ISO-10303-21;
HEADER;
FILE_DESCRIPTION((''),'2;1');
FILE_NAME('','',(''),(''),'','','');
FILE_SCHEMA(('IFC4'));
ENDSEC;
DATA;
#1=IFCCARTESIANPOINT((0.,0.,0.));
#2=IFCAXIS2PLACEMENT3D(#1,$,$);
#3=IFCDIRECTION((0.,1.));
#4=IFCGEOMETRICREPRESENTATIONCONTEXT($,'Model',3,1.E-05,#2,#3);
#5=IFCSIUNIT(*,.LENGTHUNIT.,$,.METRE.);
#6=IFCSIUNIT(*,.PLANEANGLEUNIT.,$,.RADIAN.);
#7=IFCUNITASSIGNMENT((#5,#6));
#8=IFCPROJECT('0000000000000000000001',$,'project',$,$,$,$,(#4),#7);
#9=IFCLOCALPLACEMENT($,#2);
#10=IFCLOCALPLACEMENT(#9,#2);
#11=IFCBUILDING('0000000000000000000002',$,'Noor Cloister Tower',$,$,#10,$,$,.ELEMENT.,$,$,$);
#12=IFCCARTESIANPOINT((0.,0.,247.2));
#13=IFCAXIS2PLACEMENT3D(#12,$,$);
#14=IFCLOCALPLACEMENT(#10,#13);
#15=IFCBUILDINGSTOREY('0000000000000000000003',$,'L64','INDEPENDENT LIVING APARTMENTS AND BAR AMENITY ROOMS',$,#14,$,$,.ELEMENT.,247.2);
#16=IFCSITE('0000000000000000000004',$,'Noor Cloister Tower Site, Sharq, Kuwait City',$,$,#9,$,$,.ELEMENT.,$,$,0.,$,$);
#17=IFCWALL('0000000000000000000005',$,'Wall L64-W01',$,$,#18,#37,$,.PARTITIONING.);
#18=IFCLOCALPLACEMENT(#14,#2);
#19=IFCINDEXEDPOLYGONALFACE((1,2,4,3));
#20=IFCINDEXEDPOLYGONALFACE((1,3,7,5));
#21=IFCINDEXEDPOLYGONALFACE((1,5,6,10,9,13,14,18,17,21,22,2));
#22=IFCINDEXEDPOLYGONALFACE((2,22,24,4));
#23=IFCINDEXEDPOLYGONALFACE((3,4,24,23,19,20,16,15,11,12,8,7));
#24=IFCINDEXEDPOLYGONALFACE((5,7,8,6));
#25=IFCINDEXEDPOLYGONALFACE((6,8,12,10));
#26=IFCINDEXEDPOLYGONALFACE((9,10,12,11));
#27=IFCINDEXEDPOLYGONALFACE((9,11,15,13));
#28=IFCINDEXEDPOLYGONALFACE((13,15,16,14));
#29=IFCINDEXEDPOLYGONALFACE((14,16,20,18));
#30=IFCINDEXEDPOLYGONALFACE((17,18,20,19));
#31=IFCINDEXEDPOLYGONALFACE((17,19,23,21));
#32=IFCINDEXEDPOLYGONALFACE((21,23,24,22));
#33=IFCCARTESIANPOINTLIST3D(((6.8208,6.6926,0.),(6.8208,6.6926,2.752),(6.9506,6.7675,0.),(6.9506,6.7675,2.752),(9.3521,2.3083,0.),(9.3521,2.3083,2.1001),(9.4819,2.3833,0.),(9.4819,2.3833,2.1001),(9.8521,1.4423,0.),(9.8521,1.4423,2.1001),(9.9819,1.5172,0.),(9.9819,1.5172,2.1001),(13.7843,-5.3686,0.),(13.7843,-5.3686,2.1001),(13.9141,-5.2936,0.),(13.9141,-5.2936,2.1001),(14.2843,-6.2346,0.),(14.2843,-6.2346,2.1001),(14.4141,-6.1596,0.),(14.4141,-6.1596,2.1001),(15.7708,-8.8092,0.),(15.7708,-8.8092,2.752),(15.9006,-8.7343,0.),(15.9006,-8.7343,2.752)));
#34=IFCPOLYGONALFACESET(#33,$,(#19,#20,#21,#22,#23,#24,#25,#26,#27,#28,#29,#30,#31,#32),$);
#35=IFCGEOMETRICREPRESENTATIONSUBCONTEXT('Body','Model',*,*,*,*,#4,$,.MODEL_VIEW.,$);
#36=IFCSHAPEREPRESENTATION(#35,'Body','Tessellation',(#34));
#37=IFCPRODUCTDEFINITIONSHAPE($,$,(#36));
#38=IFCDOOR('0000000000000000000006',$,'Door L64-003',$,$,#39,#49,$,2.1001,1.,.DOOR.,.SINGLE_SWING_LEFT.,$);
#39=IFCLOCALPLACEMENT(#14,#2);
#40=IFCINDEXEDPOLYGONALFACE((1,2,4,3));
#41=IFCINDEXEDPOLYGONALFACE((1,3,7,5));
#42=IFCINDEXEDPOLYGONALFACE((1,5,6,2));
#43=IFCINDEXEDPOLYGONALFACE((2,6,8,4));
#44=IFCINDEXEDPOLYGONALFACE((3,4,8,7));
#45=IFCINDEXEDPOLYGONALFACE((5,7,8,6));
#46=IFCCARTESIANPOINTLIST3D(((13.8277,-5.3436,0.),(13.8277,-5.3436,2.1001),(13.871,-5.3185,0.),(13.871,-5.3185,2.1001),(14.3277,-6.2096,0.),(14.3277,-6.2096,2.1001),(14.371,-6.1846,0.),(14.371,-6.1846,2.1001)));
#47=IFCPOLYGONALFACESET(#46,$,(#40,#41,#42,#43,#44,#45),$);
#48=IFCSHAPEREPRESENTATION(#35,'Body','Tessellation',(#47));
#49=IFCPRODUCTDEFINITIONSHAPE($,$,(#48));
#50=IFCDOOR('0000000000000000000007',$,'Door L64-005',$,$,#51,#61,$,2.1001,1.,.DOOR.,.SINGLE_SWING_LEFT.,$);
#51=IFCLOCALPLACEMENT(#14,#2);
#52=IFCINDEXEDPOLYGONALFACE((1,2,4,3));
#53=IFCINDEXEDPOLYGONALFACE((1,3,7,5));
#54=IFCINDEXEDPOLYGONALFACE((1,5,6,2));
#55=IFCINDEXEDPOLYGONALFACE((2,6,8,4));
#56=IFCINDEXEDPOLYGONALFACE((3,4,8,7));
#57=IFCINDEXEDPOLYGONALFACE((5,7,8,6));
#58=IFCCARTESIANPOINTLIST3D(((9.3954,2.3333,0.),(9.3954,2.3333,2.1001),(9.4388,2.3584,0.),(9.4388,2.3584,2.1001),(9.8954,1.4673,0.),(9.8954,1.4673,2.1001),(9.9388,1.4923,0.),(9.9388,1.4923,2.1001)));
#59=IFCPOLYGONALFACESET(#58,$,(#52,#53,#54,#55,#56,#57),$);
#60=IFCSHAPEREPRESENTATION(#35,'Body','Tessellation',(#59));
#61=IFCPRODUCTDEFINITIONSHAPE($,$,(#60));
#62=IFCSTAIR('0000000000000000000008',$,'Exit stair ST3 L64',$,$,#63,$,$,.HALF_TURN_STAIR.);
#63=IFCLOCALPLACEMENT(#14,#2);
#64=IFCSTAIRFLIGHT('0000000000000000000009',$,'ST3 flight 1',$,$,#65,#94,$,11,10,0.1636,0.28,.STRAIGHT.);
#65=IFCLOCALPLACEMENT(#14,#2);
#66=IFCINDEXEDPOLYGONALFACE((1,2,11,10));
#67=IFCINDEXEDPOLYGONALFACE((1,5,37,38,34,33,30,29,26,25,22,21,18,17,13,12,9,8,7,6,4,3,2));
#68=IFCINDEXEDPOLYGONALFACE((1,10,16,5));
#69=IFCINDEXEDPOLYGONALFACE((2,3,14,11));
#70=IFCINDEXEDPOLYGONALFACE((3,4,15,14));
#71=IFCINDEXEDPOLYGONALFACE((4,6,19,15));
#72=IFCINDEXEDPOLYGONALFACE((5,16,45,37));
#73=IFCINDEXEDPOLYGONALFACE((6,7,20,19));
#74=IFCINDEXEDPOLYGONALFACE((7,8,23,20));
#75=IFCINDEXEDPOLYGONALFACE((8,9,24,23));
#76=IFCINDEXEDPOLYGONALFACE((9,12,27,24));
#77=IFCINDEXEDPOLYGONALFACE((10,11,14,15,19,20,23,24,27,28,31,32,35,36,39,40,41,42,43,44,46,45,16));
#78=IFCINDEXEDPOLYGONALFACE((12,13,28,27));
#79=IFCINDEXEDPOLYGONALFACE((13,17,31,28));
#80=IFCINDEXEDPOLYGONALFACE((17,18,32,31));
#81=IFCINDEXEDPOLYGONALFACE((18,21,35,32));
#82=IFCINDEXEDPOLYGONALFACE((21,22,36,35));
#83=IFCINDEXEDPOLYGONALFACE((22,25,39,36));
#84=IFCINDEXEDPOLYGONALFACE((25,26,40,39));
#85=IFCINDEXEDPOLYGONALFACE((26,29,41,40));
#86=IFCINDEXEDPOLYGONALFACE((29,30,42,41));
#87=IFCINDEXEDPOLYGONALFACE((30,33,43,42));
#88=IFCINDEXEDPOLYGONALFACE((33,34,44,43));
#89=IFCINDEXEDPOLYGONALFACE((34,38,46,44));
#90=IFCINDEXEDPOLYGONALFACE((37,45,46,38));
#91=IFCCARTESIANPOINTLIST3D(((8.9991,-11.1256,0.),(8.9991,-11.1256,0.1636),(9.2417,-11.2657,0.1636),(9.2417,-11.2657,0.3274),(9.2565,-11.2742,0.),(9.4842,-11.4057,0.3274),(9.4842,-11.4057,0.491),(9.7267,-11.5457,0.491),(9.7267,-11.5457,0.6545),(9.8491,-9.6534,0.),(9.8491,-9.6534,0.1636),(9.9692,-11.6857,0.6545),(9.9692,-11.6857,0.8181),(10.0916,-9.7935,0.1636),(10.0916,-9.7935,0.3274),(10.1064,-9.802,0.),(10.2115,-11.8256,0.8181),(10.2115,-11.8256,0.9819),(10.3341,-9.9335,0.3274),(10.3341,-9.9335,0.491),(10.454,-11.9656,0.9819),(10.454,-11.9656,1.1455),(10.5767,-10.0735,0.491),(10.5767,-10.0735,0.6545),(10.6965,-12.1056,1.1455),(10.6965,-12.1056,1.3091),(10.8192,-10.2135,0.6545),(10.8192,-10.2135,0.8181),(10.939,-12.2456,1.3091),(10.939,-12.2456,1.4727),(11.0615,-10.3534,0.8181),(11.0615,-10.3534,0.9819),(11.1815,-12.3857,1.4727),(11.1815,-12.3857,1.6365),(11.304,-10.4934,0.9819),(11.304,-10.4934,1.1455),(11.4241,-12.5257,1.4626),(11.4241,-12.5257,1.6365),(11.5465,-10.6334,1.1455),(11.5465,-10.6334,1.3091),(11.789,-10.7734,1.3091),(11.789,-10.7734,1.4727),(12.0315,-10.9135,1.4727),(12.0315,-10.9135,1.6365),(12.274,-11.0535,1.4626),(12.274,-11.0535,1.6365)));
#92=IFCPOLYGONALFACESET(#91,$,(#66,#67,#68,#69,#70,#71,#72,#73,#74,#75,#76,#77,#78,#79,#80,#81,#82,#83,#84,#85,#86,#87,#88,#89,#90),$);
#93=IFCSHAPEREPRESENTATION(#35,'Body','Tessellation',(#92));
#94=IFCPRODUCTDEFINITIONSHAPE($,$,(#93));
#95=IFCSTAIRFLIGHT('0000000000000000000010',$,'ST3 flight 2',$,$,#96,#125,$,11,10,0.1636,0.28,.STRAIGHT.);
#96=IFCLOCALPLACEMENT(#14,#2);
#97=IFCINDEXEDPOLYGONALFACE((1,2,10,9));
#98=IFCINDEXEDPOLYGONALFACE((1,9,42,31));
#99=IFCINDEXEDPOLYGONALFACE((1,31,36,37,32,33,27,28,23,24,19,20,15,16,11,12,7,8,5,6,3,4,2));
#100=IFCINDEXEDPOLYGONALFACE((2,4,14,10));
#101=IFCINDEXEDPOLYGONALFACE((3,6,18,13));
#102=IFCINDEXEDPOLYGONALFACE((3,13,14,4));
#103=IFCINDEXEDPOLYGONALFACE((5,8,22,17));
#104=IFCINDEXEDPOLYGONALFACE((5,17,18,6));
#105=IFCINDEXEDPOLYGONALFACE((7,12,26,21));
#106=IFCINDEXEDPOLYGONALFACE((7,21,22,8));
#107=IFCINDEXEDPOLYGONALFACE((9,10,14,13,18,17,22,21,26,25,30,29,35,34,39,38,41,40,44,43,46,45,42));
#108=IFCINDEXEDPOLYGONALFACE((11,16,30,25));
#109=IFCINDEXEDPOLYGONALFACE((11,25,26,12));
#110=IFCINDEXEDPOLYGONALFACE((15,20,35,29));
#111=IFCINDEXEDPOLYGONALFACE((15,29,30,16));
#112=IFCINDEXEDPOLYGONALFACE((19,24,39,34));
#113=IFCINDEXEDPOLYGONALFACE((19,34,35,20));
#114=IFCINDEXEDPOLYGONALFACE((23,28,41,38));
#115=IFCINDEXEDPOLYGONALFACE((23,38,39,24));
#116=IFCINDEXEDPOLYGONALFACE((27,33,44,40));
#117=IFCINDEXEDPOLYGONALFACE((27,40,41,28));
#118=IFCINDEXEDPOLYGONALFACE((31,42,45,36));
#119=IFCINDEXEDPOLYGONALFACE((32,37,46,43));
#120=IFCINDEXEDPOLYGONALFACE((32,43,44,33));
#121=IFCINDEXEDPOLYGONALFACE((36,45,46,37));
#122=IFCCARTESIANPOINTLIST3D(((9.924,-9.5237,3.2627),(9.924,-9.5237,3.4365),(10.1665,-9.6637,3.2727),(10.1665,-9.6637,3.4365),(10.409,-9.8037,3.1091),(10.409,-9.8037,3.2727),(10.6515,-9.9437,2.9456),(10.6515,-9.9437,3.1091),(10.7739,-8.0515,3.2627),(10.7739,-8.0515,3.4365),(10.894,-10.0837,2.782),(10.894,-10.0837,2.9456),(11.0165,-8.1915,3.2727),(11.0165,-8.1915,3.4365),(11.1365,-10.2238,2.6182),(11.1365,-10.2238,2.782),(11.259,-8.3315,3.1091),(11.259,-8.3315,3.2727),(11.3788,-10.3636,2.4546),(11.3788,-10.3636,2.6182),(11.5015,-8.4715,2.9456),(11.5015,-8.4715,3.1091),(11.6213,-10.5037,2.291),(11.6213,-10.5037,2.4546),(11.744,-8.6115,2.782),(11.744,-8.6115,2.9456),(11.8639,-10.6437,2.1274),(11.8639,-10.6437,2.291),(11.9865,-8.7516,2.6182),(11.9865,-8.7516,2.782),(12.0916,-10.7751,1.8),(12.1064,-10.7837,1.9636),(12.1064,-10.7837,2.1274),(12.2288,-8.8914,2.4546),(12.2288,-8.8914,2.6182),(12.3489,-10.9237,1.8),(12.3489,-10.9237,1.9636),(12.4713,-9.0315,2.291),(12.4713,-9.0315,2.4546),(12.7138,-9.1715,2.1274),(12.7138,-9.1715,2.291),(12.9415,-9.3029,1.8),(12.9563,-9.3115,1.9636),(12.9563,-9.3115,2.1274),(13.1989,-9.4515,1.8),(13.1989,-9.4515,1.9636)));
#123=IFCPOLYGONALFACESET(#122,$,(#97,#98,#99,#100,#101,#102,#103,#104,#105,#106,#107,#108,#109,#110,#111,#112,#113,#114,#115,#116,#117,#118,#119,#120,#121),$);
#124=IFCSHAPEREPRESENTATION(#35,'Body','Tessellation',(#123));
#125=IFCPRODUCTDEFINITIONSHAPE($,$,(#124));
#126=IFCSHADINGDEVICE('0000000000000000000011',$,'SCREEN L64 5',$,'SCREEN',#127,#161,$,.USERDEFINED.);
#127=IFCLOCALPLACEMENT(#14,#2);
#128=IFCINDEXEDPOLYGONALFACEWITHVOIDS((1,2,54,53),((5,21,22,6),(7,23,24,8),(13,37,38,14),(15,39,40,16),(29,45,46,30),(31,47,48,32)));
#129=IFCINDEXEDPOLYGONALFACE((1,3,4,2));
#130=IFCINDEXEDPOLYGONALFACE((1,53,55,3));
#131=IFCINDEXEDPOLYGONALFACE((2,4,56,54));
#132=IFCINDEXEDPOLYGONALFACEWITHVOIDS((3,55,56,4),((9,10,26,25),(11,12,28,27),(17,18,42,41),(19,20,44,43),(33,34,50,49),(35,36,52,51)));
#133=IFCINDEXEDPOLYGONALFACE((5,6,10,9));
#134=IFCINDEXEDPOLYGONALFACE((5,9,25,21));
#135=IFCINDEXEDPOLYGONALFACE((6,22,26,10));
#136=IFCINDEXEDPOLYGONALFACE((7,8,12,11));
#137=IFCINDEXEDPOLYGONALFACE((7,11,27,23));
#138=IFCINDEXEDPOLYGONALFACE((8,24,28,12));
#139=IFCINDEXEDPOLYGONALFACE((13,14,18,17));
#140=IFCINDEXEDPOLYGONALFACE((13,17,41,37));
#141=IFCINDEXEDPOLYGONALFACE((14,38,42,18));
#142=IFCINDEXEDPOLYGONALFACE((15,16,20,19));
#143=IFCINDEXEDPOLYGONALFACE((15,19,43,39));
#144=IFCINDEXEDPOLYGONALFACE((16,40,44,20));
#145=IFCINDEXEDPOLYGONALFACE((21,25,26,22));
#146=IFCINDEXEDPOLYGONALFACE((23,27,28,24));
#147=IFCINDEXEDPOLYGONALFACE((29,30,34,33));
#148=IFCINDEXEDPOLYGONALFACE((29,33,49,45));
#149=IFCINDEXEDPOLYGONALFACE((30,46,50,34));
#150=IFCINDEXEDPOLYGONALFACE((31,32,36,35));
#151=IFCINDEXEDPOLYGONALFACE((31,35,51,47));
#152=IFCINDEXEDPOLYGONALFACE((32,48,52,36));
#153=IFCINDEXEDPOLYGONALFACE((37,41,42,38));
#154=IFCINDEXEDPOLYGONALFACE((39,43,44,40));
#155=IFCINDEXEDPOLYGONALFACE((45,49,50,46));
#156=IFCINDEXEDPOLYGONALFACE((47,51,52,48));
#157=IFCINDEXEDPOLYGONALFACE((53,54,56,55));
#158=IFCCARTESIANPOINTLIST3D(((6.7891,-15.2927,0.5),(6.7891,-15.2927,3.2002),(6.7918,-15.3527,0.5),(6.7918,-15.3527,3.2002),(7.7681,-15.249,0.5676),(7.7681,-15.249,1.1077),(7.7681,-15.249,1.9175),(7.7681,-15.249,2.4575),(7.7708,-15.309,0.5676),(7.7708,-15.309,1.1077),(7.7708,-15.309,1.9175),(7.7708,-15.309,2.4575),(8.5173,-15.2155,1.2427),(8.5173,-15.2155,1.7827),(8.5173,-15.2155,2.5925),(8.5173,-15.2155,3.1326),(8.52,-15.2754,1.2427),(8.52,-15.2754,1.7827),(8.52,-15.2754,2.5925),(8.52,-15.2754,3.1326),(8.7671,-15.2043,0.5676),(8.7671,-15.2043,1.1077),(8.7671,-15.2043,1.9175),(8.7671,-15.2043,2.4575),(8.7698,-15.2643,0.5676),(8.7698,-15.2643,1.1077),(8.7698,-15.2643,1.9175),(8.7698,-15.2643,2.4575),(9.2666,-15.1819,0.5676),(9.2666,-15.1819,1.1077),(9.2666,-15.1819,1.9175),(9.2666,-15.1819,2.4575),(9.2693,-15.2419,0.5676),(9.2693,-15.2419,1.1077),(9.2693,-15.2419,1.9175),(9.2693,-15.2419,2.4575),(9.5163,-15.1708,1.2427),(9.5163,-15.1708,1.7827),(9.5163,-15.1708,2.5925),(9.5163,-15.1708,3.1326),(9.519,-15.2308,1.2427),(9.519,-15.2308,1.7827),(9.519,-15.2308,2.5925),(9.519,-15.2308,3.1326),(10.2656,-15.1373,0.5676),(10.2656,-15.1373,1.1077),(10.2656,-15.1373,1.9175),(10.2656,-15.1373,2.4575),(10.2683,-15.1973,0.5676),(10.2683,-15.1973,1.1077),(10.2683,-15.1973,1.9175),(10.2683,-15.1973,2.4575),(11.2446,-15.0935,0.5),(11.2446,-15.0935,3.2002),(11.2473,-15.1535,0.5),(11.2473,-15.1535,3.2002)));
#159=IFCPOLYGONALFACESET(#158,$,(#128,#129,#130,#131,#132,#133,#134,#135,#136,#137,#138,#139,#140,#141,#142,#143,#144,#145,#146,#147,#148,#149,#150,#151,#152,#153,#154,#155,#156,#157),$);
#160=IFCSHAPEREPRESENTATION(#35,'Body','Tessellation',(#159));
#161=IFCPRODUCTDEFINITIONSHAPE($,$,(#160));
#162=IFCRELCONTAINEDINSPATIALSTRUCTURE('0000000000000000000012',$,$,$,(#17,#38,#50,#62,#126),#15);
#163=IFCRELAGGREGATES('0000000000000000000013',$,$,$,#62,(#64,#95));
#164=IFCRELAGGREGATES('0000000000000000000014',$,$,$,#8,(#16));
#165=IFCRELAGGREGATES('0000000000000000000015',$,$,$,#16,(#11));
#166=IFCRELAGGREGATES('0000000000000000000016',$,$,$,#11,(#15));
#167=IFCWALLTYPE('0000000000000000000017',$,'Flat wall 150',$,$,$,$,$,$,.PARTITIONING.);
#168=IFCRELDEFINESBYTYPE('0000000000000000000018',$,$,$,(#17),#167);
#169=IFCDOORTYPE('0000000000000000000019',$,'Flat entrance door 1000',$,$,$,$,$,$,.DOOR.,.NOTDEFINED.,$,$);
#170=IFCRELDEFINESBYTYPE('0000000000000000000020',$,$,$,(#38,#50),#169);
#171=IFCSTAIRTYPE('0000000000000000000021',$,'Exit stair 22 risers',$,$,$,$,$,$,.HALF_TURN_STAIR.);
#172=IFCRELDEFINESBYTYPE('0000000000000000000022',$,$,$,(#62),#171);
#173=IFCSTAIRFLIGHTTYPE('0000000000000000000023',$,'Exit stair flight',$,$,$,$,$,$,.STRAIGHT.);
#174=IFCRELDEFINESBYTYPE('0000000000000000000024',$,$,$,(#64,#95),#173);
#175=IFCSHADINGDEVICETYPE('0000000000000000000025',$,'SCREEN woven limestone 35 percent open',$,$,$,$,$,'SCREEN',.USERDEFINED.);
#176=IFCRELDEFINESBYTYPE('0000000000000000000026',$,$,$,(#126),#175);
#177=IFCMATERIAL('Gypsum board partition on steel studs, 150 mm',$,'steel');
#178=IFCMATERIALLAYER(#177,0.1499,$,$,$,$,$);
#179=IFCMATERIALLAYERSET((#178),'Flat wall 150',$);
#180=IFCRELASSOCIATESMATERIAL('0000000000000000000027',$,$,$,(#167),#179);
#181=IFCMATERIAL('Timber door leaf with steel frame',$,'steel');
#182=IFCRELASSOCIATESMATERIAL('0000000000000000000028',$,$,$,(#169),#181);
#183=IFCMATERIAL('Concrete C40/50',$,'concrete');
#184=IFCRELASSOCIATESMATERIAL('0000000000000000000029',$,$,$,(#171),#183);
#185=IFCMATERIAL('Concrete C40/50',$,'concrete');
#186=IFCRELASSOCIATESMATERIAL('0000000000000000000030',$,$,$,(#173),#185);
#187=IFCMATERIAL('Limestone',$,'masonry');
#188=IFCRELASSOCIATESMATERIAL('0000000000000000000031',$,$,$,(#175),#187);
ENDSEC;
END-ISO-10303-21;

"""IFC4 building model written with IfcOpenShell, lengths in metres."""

from ifc_helpers import new_model, si_unit, direction, frame, frame_2d, origin, place, context, subcontext, project, spatial, polyline, rectangle, outline, extrude, material, layer, layer_set, material_profile, profile_set, type_object, element, fill, aggregate, save


model = new_model("IFC4")

# Units and contexts
model_context = context("Model", 3, precision=1e-05, world=origin(), true_north=direction((0.0, 1.0)))
body_context = subcontext(model_context, "Body", "Model", "MODEL_VIEW")
ifc_project = project(units=[si_unit("LENGTHUNIT", "METRE"), si_unit("PLANEANGLEUNIT", "RADIAN")], contexts=[model_context])

# Site, building, storey
site_placement = place(None, origin())
site = spatial("IfcSite", under=ifc_project, at=site_placement, Name="Noor Cloister Tower Site, Sharq, Kuwait City", CompositionType="ELEMENT", RefElevation=0.0)
building_placement = place(site_placement, origin())
building = spatial("IfcBuilding", under=site, at=building_placement, Name="Noor Cloister Tower", CompositionType="ELEMENT")
storey_placement = place(building_placement, frame((0.0, 0.0, 247.2)))
storey = spatial("IfcBuildingStorey", under=building, at=storey_placement, Name="L64", Description="INDEPENDENT LIVING APARTMENTS AND BAR AMENITY ROOMS", CompositionType="ELEMENT", Elevation=247.2)

# Wall, openings, doors
ifc_material_1 = material(Name="Gypsum board partition on steel studs, 150 mm", Category="steel")
ifc_layer_1 = layer(ifc_material_1, 0.1499)
ifc_layer_set_1 = layer_set([ifc_layer_1], Name="Flat wall 150")
wall_type = type_object("IfcWallType", Name="Flat wall 150", PredefinedType="PARTITIONING", material=ifc_layer_set_1)
wall_placement = place(storey_placement, frame((15.8357, -8.7717, 0.0), z_axis=(0.0, 0.0, 1.0), x_axis=(-0.500001, 0.866025, 0.0)))
wall = element("IfcWall", 1, at=wall_placement, inside=storey, type_object=wall_type, Name="Wall L64-W01", PredefinedType="PARTITIONING", context=body_context, shape_type="SweptSolid", body=[
    extrude(rectangle(XDim=17.8999, YDim=0.1499, at=frame_2d((8.95, 0.0))), origin(), (0.0, 0.0, 1.0), 2.752),
])
opening_1_placement = place(wall_placement, frame((2.9729, 0.0, 0.0)))
opening_1 = element("IfcOpeningElement", 2, at=opening_1_placement, cuts=wall, PredefinedType="OPENING", context=body_context, shape_type="SweptSolid", body=[
    extrude(rectangle(XDim=1.0, YDim=2.1001, at=frame_2d((0.5, 1.05))), frame((0.0, 0.085, 0.0), z_axis=(0.0, -1.0, 0.0), x_axis=(1.0, 0.0, 0.0)), (0.0, 0.0, 1.0), 0.1699),
])
opening_2_placement = place(wall_placement, frame((11.8374, 0.0, 0.0)))
opening_2 = element("IfcOpeningElement", 3, at=opening_2_placement, cuts=wall, PredefinedType="OPENING", context=body_context, shape_type="SweptSolid", body=[
    extrude(rectangle(XDim=1.0, YDim=2.1001, at=frame_2d((0.5, 1.05))), frame((0.0, 0.085, 0.0), z_axis=(0.0, -1.0, 0.0), x_axis=(1.0, 0.0, 0.0)), (0.0, 0.0, 1.0), 0.1699),
])
ifc_material_2 = material(Name="Timber door leaf with steel frame", Category="steel")
door_type = type_object("IfcDoorType", Name="Flat entrance door 1000", OperationType="NOTDEFINED", PredefinedType="DOOR", material=ifc_material_2)
door_1_placement = place(opening_1_placement, origin())
door_1 = element("IfcDoor", 4, at=door_1_placement, inside=storey, type_object=door_type, Name="Door L64-003", OperationType="SINGLE_SWING_LEFT", OverallHeight=2.1001, OverallWidth=1.0, PredefinedType="DOOR", context=body_context, shape_type="SweptSolid", body=[
    extrude(rectangle(XDim=1.0, YDim=2.1001, at=frame_2d((0.5, 1.05))), frame((0.0, 0.0249, 0.0), z_axis=(0.0, -1.0, 0.0), x_axis=(1.0, 0.0, 0.0)), (0.0, 0.0, 1.0), 0.05),
])
fill(opening_1, door_1)
door_2_placement = place(opening_2_placement, origin())
door_2 = element("IfcDoor", 5, at=door_2_placement, inside=storey, type_object=door_type, Name="Door L64-005", OperationType="SINGLE_SWING_LEFT", OverallHeight=2.1001, OverallWidth=1.0, PredefinedType="DOOR", context=body_context, shape_type="SweptSolid", body=[
    extrude(rectangle(XDim=1.0, YDim=2.1001, at=frame_2d((0.5, 1.05))), frame((0.0, 0.0249, 0.0), z_axis=(0.0, -1.0, 0.0), x_axis=(1.0, 0.0, 0.0)), (0.0, 0.0, 1.0), 0.05),
])
fill(opening_2, door_2)

# Stair, stair flights
ifc_material_3 = material(Name="Concrete C40/50", Category="concrete")
stair_type = type_object("IfcStairType", Name="Exit stair 22 risers", PredefinedType="HALF_TURN_STAIR", material=ifc_material_3)
stair_placement = place(storey_placement, origin())
stair = element("IfcStair", 6, at=stair_placement, inside=storey, type_object=stair_type, Name="Exit stair ST3 L64", PredefinedType="HALF_TURN_STAIR")
ifc_material_4 = material(Name="Concrete C40/50", Category="concrete")
stair_flight_type = type_object("IfcStairFlightType", Name="Exit stair flight", PredefinedType="STRAIGHT", material=ifc_material_4)
stair_flight_1_placement = place(storey_placement, frame((9.4241, -10.3896, 0.0), z_axis=(0.0, 0.0, 1.0), x_axis=(0.866025, -0.5, 0.0)))
stair_flight_1 = element("IfcStairFlight", 7, at=stair_flight_1_placement, type_object=stair_flight_type, Name="ST3 flight 1", NumberOfRisers=11, NumberOfTreads=10, PredefinedType="STRAIGHT", RiserHeight=0.1636, TreadLength=0.28, context=body_context, shape_type="SweptSolid", body=[
    extrude(outline(polyline([(0.0, 0.0), (0.0, 0.1636), (0.28, 0.1636), (0.28, 0.3274), (0.5601, 0.3274), (0.5601, 0.491), (0.8401, 0.491), (0.8401, 0.6545), (1.1201, 0.6545), (1.1201, 0.8181), (1.3999, 0.8181), (1.3999, 0.9819), (1.6799, 0.9819), (1.6799, 1.1455), (1.96, 1.1455), (1.96, 1.3091), (2.24, 1.3091), (2.24, 1.4727), (2.52, 1.4727), (2.52, 1.6365), (2.8, 1.6365), (2.8, 1.8), (2.8, 1.4626), (0.2971, 0.0), (0.0, 0.0)])), frame((0.0, 0.8501, 0.0), z_axis=(0.0, -1.0, 0.0), x_axis=(1.0, 0.0, 0.0)), (0.0, 0.0, 1.0), 1.7),
])
stair_flight_2_placement = place(storey_placement, frame((12.7739, -10.1875, 1.8), z_axis=(0.0, 0.0, 1.0), x_axis=(-0.866025, 0.5, 0.0)))
stair_flight_2 = element("IfcStairFlight", 8, at=stair_flight_2_placement, type_object=stair_flight_type, Name="ST3 flight 2", NumberOfRisers=11, NumberOfTreads=10, PredefinedType="STRAIGHT", RiserHeight=0.1636, TreadLength=0.28, context=body_context, shape_type="SweptSolid", body=[
    extrude(outline(polyline([(0.0, 0.0), (0.0, 0.1636), (0.28, 0.1636), (0.28, 0.3274), (0.5601, 0.3274), (0.5601, 0.491), (0.8401, 0.491), (0.8401, 0.6545), (1.1201, 0.6545), (1.1201, 0.8181), (1.3999, 0.8181), (1.3999, 0.9819), (1.6799, 0.9819), (1.6799, 1.1455), (1.96, 1.1455), (1.96, 1.3091), (2.24, 1.3091), (2.24, 1.4727), (2.52, 1.4727), (2.52, 1.6365), (2.8, 1.6365), (2.8, 1.8), (2.8, 1.4626), (0.2971, 0.0), (0.0, 0.0)])), frame((0.0, 0.8501, 0.0), z_axis=(0.0, -1.0, 0.0), x_axis=(1.0, 0.0, 0.0)), (0.0, 0.0, 1.0), 1.7),
])
aggregate(stair, [stair_flight_1, stair_flight_2])

# Shading device
ifc_material_5 = material(Name="Limestone", Category="masonry")
ifc_material_profile_1 = material_profile(ifc_material_5, outline(polyline([(-2.23, -1.3501), (2.23, -1.3501), (2.23, 1.3501), (-2.23, 1.3501), (-2.23, -1.3501)]), holes=[polyline([(-1.25, -1.2825), (-0.25, -1.2825), (-0.25, -0.7424), (-1.25, -0.7424), (-1.25, -1.2825)]), polyline([(0.25, -1.2825), (1.25, -1.2825), (1.25, -0.7424), (0.25, -0.7424), (0.25, -1.2825)]), polyline([(-0.5, -0.6074), (0.5, -0.6074), (0.5, -0.0674), (-0.5, -0.0674), (-0.5, -0.6074)]), polyline([(-1.25, 0.0674), (-0.25, 0.0674), (-0.25, 0.6074), (-1.25, 0.6074), (-1.25, 0.0674)]), polyline([(0.25, 0.0674), (1.25, 0.0674), (1.25, 0.6074), (0.25, 0.6074), (0.25, 0.0674)]), polyline([(-0.5, 0.7424), (0.5, 0.7424), (0.5, 1.2825), (-0.5, 1.2825), (-0.5, 0.7424)])]), Name="Woven screen 35 percent open")
ifc_profile_set_1 = profile_set([ifc_material_profile_1], Name="Limestone")
shading_device_type = type_object("IfcShadingDeviceType", Name="SCREEN woven limestone 35 percent open", ElementType="SCREEN", PredefinedType="USERDEFINED", material=ifc_profile_set_1)
shading_device_placement = place(storey_placement, frame((9.0168, -15.1931, 1.8501), z_axis=(0.044671, -0.999002, 0.0), x_axis=(0.999002, 0.044671, 0.0)))
element("IfcShadingDevice", 9, at=shading_device_placement, inside=storey, type_object=shading_device_type, Name="SCREEN L64 5", ObjectType="SCREEN", PredefinedType="USERDEFINED", context=body_context, shape_type="SweptSolid", body=[
    extrude(outline(polyline([(-2.23, -1.3501), (2.23, -1.3501), (2.23, 1.3501), (-2.23, 1.3501), (-2.23, -1.3501)]), holes=[polyline([(-1.25, -1.2825), (-0.25, -1.2825), (-0.25, -0.7424), (-1.25, -0.7424), (-1.25, -1.2825)]), polyline([(0.25, -1.2825), (1.25, -1.2825), (1.25, -0.7424), (0.25, -0.7424), (0.25, -1.2825)]), polyline([(-0.5, -0.6074), (0.5, -0.6074), (0.5, -0.0674), (-0.5, -0.0674), (-0.5, -0.6074)]), polyline([(-1.25, 0.0674), (-0.25, 0.0674), (-0.25, 0.6074), (-1.25, 0.6074), (-1.25, 0.0674)]), polyline([(0.25, 0.0674), (1.25, 0.0674), (1.25, 0.6074), (0.25, 0.6074), (0.25, 0.0674)]), polyline([(-0.5, 0.7424), (0.5, 0.7424), (0.5, 1.2825), (-0.5, 1.2825), (-0.5, 0.7424)])]), origin(), (0.0, 0.0, 1.0), 0.0601),
])

save(model, "model.ifc")
